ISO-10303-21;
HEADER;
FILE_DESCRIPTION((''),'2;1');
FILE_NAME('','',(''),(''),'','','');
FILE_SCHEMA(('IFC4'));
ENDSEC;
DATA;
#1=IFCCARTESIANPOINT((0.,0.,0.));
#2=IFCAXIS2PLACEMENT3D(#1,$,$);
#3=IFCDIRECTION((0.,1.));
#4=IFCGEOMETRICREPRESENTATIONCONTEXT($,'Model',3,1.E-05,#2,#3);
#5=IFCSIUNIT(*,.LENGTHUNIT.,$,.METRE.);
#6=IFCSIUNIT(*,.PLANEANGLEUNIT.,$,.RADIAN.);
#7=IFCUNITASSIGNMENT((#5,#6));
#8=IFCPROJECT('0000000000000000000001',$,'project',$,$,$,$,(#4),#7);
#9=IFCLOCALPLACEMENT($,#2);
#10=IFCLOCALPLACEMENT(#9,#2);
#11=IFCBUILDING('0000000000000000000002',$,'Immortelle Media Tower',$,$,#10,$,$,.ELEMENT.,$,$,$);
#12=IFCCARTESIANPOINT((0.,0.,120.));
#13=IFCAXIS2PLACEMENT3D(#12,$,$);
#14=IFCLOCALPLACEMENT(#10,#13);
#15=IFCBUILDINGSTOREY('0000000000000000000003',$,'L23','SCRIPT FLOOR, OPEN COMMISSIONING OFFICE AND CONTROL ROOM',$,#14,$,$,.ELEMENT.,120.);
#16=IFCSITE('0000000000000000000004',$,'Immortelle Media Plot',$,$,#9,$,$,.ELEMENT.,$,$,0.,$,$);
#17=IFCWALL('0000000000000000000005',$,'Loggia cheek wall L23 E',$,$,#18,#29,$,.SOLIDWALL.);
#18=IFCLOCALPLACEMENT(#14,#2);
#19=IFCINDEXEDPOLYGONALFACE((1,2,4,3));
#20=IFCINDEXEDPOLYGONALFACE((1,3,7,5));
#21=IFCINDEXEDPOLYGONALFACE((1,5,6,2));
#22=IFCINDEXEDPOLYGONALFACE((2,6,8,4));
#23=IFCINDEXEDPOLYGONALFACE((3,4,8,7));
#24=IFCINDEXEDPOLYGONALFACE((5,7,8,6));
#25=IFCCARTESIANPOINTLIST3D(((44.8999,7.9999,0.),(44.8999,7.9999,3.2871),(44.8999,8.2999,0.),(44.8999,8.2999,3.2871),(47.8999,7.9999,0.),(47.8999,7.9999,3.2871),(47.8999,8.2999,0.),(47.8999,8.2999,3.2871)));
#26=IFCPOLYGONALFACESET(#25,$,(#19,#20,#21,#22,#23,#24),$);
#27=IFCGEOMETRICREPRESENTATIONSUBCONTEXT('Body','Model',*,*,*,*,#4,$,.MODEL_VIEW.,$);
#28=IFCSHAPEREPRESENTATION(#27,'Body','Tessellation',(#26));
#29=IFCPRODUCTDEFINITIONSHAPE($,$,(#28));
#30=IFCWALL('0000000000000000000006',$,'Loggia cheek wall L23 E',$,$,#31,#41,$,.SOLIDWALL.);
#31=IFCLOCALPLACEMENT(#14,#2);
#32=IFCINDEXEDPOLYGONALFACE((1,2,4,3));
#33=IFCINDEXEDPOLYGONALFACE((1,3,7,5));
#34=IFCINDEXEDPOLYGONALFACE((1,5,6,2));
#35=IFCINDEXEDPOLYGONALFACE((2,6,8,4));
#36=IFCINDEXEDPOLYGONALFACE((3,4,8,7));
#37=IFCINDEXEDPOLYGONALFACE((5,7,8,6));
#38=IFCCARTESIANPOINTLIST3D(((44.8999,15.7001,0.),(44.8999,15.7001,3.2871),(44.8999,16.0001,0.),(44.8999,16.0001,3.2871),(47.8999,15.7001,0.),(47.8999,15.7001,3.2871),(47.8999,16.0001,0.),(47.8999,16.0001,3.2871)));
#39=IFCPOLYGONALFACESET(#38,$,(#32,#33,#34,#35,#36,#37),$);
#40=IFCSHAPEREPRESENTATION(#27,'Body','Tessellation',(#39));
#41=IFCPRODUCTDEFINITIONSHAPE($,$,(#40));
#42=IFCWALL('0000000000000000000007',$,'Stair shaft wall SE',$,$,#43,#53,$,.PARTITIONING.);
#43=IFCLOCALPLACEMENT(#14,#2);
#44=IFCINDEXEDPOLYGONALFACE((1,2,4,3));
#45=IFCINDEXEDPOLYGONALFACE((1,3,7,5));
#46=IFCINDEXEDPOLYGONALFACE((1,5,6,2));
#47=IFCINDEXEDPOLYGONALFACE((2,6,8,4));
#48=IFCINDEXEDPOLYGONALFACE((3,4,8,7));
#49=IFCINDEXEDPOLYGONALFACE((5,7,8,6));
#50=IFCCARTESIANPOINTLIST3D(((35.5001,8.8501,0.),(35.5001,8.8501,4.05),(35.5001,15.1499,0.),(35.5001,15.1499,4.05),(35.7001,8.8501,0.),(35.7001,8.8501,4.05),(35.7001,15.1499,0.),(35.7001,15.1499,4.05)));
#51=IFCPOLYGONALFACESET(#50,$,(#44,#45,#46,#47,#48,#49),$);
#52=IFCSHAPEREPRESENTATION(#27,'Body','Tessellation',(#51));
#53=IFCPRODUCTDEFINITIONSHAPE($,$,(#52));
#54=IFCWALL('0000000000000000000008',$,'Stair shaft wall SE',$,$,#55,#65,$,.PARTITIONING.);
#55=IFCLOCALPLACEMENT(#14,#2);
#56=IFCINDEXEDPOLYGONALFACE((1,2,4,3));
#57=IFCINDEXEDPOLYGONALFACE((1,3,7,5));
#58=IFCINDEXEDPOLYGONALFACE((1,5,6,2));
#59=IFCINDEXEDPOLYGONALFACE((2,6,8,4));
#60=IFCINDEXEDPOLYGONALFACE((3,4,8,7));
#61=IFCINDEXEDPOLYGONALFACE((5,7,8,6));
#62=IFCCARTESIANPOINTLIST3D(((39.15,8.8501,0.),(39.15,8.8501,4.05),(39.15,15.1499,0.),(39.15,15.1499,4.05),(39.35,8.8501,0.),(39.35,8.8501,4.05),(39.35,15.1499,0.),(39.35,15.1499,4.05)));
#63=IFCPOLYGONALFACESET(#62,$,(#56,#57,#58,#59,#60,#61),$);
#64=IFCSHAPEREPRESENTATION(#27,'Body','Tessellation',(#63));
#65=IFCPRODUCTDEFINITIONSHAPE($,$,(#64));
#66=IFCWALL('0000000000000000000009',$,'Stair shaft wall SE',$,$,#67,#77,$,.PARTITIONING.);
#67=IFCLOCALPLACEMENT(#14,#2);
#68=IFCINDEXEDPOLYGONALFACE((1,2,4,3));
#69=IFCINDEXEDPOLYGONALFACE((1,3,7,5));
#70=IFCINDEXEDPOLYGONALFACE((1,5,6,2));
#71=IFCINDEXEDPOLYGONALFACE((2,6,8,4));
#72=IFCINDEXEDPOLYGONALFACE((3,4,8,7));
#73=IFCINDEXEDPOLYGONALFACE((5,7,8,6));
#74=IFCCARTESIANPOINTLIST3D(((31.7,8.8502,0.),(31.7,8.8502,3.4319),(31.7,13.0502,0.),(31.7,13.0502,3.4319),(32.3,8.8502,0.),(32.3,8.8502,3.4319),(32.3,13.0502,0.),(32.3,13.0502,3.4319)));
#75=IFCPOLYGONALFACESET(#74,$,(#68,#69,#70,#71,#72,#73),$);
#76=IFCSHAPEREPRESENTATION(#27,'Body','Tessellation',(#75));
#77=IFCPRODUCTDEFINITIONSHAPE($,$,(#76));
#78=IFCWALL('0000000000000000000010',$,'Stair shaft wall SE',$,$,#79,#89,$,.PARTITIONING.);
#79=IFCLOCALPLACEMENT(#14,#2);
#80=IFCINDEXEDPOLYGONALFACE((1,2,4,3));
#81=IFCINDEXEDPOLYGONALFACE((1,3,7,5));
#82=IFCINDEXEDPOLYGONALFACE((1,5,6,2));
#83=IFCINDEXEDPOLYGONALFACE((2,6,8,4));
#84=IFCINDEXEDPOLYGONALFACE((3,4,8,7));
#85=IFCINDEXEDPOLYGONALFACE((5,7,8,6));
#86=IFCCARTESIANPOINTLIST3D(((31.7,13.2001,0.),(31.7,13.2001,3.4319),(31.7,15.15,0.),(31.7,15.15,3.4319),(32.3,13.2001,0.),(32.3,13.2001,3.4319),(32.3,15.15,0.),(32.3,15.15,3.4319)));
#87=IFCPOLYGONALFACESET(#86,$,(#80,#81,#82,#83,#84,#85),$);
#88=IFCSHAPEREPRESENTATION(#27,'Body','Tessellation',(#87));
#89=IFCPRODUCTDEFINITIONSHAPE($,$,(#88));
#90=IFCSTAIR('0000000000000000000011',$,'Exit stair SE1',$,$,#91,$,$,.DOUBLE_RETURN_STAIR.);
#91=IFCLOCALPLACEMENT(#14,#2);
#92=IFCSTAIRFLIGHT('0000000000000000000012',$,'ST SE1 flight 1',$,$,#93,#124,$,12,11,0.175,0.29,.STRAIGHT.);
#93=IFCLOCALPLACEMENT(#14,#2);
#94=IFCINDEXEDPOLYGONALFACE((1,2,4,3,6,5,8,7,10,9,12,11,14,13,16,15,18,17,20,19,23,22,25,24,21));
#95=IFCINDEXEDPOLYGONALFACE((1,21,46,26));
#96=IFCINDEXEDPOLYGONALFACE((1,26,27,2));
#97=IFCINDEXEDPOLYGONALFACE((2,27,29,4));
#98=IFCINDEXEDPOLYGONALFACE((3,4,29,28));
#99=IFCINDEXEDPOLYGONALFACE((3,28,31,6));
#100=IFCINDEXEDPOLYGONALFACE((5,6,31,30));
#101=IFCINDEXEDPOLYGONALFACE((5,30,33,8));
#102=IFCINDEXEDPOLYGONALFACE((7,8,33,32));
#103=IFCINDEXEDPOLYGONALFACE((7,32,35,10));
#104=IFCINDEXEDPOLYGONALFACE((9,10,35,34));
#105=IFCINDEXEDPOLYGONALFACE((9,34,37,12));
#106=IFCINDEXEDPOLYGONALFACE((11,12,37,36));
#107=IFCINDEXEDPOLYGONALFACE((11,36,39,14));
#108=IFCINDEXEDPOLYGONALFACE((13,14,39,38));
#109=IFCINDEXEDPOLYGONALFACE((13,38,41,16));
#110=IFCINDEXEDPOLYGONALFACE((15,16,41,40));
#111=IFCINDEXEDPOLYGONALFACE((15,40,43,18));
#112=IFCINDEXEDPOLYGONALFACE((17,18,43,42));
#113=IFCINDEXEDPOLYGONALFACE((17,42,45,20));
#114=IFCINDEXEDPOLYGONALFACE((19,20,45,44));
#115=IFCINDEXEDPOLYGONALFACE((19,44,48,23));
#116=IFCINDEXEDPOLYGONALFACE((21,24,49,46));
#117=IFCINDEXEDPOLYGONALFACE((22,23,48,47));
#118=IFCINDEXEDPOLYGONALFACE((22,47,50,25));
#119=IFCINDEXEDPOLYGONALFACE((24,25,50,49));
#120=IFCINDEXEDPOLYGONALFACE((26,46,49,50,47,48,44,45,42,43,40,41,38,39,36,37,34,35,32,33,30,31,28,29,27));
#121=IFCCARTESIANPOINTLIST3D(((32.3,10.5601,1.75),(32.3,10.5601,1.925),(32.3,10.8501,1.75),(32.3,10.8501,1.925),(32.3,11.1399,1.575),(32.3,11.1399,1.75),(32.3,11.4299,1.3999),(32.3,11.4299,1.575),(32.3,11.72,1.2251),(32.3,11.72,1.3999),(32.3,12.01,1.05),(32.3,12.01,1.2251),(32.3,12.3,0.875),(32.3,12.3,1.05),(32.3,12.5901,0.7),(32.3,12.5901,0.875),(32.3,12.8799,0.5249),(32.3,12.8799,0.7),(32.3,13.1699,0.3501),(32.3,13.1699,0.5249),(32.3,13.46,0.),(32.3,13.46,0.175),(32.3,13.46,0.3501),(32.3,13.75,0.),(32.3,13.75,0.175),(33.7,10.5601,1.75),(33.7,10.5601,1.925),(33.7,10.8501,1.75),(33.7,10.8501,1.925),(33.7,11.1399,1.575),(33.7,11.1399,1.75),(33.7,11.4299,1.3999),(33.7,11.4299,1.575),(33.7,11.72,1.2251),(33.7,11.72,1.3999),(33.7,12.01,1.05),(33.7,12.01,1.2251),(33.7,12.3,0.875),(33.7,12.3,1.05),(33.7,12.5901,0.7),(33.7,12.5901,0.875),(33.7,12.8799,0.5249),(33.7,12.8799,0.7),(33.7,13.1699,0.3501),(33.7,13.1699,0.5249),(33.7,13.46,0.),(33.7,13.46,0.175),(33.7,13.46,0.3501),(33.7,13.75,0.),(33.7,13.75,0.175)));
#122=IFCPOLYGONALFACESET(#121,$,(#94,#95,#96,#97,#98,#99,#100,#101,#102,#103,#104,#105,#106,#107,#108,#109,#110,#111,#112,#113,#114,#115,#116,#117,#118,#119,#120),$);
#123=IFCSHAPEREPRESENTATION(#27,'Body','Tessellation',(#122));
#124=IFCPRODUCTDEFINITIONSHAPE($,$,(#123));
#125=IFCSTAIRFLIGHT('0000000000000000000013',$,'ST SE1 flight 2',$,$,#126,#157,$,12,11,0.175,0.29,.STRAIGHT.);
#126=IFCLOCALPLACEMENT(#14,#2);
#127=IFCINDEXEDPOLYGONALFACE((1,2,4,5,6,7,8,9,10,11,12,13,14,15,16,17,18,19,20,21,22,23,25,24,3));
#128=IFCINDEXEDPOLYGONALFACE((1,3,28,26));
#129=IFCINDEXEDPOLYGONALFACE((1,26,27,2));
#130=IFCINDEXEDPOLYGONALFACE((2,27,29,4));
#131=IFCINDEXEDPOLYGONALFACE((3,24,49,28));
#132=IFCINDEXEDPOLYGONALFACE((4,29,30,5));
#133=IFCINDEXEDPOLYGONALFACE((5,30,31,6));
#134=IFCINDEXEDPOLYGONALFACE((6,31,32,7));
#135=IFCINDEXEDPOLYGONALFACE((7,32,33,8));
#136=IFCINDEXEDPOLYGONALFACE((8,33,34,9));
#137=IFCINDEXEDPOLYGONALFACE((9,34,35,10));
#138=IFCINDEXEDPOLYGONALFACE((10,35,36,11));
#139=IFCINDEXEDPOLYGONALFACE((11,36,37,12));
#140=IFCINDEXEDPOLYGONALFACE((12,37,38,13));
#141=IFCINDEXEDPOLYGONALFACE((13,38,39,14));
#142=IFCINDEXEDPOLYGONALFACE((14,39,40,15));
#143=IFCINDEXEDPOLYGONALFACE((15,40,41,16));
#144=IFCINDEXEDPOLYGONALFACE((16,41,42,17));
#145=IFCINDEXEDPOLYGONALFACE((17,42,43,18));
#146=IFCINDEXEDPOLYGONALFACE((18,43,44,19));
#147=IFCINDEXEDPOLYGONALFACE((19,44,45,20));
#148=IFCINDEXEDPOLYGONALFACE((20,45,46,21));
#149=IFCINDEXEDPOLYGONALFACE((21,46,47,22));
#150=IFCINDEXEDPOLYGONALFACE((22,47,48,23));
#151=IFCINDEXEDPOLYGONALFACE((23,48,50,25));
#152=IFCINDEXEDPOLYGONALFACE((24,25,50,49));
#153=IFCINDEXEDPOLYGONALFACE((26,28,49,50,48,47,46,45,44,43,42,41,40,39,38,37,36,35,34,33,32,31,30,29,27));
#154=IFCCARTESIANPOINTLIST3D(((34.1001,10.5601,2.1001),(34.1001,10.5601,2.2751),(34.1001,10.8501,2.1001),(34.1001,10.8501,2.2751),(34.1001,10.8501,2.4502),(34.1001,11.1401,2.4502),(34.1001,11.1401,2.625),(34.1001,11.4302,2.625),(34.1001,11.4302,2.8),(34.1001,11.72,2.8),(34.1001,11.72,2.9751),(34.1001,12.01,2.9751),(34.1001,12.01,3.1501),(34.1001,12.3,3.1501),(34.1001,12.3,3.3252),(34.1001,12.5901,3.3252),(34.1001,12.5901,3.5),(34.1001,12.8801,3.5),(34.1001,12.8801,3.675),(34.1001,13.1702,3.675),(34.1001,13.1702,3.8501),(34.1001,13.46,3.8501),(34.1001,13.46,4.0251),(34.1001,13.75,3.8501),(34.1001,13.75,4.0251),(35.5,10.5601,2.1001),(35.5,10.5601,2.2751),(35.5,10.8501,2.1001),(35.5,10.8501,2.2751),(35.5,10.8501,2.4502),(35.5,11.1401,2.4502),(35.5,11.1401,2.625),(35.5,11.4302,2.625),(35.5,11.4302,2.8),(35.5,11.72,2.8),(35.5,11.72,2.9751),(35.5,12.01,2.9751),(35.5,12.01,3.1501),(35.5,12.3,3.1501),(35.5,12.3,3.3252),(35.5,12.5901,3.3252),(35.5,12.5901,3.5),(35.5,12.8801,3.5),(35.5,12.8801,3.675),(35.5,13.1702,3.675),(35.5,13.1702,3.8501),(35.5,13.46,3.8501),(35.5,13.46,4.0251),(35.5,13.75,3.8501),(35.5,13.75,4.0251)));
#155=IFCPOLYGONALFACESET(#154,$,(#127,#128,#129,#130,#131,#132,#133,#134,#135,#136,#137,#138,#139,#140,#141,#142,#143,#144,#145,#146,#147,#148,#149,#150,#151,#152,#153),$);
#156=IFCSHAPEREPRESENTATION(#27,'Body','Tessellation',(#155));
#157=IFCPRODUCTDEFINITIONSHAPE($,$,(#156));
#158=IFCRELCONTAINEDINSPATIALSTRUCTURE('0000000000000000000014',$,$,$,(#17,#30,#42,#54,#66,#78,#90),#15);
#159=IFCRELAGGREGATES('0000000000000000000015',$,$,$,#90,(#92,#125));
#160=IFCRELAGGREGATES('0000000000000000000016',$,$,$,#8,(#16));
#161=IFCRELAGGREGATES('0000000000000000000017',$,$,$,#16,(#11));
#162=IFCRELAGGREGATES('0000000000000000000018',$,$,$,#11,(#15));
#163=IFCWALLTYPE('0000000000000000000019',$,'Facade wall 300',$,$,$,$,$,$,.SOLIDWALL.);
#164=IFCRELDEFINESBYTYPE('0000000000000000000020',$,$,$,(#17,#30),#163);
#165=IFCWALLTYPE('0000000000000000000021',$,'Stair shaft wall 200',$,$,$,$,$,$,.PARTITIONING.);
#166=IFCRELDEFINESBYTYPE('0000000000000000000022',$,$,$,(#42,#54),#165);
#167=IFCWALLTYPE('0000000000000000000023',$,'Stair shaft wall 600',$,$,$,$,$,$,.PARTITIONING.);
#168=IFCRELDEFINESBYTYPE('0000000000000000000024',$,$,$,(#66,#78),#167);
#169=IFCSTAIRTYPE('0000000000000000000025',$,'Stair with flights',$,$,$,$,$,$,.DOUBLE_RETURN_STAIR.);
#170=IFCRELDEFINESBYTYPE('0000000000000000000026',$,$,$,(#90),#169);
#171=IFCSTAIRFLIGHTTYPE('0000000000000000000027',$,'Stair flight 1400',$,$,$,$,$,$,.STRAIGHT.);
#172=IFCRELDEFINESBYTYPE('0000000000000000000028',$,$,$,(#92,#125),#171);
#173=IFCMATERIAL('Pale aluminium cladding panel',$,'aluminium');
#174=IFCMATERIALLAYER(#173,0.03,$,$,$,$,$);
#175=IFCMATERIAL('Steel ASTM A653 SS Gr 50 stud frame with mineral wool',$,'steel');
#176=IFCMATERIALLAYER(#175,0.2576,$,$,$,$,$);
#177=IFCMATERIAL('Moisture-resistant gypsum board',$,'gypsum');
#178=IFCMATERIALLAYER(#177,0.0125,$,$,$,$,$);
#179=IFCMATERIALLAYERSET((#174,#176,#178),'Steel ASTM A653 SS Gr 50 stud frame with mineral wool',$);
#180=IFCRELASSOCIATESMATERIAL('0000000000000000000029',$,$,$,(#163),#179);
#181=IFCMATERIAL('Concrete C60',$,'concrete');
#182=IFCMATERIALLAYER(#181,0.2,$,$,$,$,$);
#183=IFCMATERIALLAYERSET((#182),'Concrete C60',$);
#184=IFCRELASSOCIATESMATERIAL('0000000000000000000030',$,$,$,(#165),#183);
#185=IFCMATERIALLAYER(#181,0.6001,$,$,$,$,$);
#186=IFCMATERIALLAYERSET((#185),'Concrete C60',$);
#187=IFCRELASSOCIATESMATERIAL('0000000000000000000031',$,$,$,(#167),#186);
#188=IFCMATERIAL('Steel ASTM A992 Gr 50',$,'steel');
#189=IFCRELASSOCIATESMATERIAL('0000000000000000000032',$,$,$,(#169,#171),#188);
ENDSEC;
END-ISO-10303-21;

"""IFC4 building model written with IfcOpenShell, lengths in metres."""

from ifc_helpers import new_model, si_unit, direction, frame, frame_2d, origin, place, context, subcontext, project, spatial, polyline, rectangle, outline, extrude, material, layer, layer_set, type_object, element, aggregate, save


model = new_model("IFC4")

# Units and contexts
model_context = context("Model", 3, precision=1e-05, world=origin(), true_north=direction((0.0, 1.0)))
body_context = subcontext(model_context, "Body", "Model", "MODEL_VIEW")
ifc_project = project(units=[si_unit("LENGTHUNIT", "METRE"), si_unit("PLANEANGLEUNIT", "RADIAN")], contexts=[model_context])

# Site, building, storey
site_placement = place(None, origin())
site = spatial("IfcSite", under=ifc_project, at=site_placement, Name="Immortelle Media Plot", CompositionType="ELEMENT", RefElevation=0.0)
building_placement = place(site_placement, origin())
building = spatial("IfcBuilding", under=site, at=building_placement, Name="Immortelle Media Tower", CompositionType="ELEMENT")
storey_placement = place(building_placement, frame((0.0, 0.0, 120.0)))
storey = spatial("IfcBuildingStorey", under=building, at=storey_placement, Name="L23", Description="SCRIPT FLOOR, OPEN COMMISSIONING OFFICE AND CONTROL ROOM", CompositionType="ELEMENT", Elevation=120.0)

# Shared definitions
ifc_material_1 = material(Name="Steel ASTM A992 Gr 50", Category="steel")

# Shared definitions
ifc_material_2 = material(Name="Pale aluminium cladding panel", Category="aluminium")
ifc_layer_1 = layer(ifc_material_2, 0.03)
ifc_material_3 = material(Name="Steel ASTM A653 SS Gr 50 stud frame with mineral wool", Category="steel")
ifc_layer_2 = layer(ifc_material_3, 0.2576)
ifc_material_4 = material(Name="Moisture-resistant gypsum board", Category="gypsum")
ifc_layer_3 = layer(ifc_material_4, 0.0125)
ifc_layer_set_1 = layer_set([ifc_layer_1, ifc_layer_2, ifc_layer_3], Name="Steel ASTM A653 SS Gr 50 stud frame with mineral wool")
wall_type_1 = type_object("IfcWallType", Name="Facade wall 300", PredefinedType="SOLIDWALL", material=ifc_layer_set_1)

# Walls
for number, where, z_axis, x_axis, name in (
    (1, (47.8999, 8.1499, 0.0), (0.0, 0.0, 1.0), (-1.0, 0.0, 0.0), "Loggia cheek wall L23 E"),
    (2, (47.8999, 15.8501, 0.0), (0.0, 0.0, 1.0), (-1.0, 0.0, 0.0), "Loggia cheek wall L23 E"),
):
    element("IfcWall", number, at=place(storey_placement, frame(where, z_axis=z_axis, x_axis=x_axis)), inside=storey, type_object=wall_type_1, Name=name, PredefinedType="SOLIDWALL", context=body_context, shape_type="SweptSolid", body=[
        extrude(rectangle(XDim=3.0, YDim=0.3, at=frame_2d((1.5, 0.0))), origin(), (0.0, 0.0, 1.0), 3.2871),
    ])
ifc_material_5 = material(Name="Concrete C60", Category="concrete")
ifc_layer_4 = layer(ifc_material_5, 0.2)
ifc_layer_set_2 = layer_set([ifc_layer_4], Name="Concrete C60")
wall_type_2 = type_object("IfcWallType", Name="Stair shaft wall 200", PredefinedType="PARTITIONING", material=ifc_layer_set_2)
for number, where, z_axis, x_axis, name in (
    (3, (35.6001, 8.8501, 0.0), (0.0, 0.0, 1.0), (0.0, 1.0, 0.0), "Stair shaft wall SE"),
    (4, (39.25, 8.8501, 0.0), (0.0, 0.0, 1.0), (0.0, 1.0, 0.0), "Stair shaft wall SE"),
):
    element("IfcWall", number, at=place(storey_placement, frame(where, z_axis=z_axis, x_axis=x_axis)), inside=storey, type_object=wall_type_2, Name=name, PredefinedType="PARTITIONING", context=body_context, shape_type="SweptSolid", body=[
        extrude(rectangle(XDim=6.2998, YDim=0.2, at=frame_2d((3.1499, 0.0))), origin(), (0.0, 0.0, 1.0), 4.05),
    ])
ifc_layer_5 = layer(ifc_material_5, 0.6001)
ifc_layer_set_3 = layer_set([ifc_layer_5], Name="Concrete C60")
wall_type_3 = type_object("IfcWallType", Name="Stair shaft wall 600", PredefinedType="PARTITIONING", material=ifc_layer_set_3)
wall_1_placement = place(storey_placement, frame((32.0, 8.8501, 0.0), z_axis=(0.0, 0.0, 1.0), x_axis=(0.0, 1.0, 0.0)))
element("IfcWall", 5, at=wall_1_placement, inside=storey, type_object=wall_type_3, Name="Stair shaft wall SE", PredefinedType="PARTITIONING", context=body_context, shape_type="SweptSolid", body=[
    extrude(rectangle(XDim=4.2, YDim=0.6001, at=frame_2d((2.1001, 0.0))), origin(), (0.0, 0.0, 1.0), 3.4319),
])
wall_2_placement = place(storey_placement, frame((32.0, 13.2, 0.0), z_axis=(0.0, 0.0, 1.0), x_axis=(0.0, 1.0, 0.0)))
element("IfcWall", 6, at=wall_2_placement, inside=storey, type_object=wall_type_3, Name="Stair shaft wall SE", PredefinedType="PARTITIONING", context=body_context, shape_type="SweptSolid", body=[
    extrude(rectangle(XDim=1.95, YDim=0.6001, at=frame_2d((0.9751, 0.0))), origin(), (0.0, 0.0, 1.0), 3.4319),
])

# Stair, stair flights
stair_type = type_object("IfcStairType", Name="Stair with flights", PredefinedType="DOUBLE_RETURN_STAIR", material=ifc_material_1)
stair_1_placement = place(storey_placement, origin())
stair_1 = element("IfcStair", 7, at=stair_1_placement, inside=storey, type_object=stair_type, Name="Exit stair SE1", PredefinedType="DOUBLE_RETURN_STAIR")
stair_flight_type = type_object("IfcStairFlightType", Name="Stair flight 1400", PredefinedType="STRAIGHT", material=ifc_material_1)
stair_flight_1_placement = place(storey_placement, frame((33.0, 13.75, 0.0), z_axis=(0.0, 0.0, 1.0), x_axis=(0.0, -1.0, 0.0)))
stair_flight_1 = element("IfcStairFlight", 8, at=stair_flight_1_placement, type_object=stair_flight_type, Name="ST SE1 flight 1", NumberOfRisers=12, NumberOfTreads=11, PredefinedType="STRAIGHT", RiserHeight=0.175, TreadLength=0.29, context=body_context, shape_type="SweptSolid", body=[
    extrude(outline(polyline([(0.0, 0.0), (0.0, 0.175), (0.29, 0.175), (0.29, 0.3501), (0.5801, 0.3501), (0.5801, 0.5249), (0.8701, 0.5249), (0.8701, 0.7), (1.1599, 0.7), (1.1599, 0.875), (1.45, 0.875), (1.45, 1.05), (1.74, 1.05), (1.74, 1.2251), (2.03, 1.2251), (2.03, 1.3999), (2.3201, 1.3999), (2.3201, 1.575), (2.6101, 1.575), (2.6101, 1.75), (2.8999, 1.75), (2.8999, 1.925), (3.1899, 1.925), (3.1899, 2.1001), (3.1899, 1.75), (0.29, 0.0), (0.0, 0.0)])), frame((0.0, 0.7, 0.0), z_axis=(0.0, -1.0, 0.0), x_axis=(1.0, 0.0, 0.0)), (0.0, 0.0, 1.0), 1.3999),
])
stair_flight_2_placement = place(storey_placement, frame((34.8, 10.5601, 2.1001), z_axis=(0.0, 0.0, 1.0), x_axis=(0.0, 1.0, 0.0)))
stair_flight_2 = element("IfcStairFlight", 9, at=stair_flight_2_placement, type_object=stair_flight_type, Name="ST SE1 flight 2", NumberOfRisers=12, NumberOfTreads=11, PredefinedType="STRAIGHT", RiserHeight=0.175, TreadLength=0.29, context=body_context, shape_type="SweptSolid", body=[
    extrude(outline(polyline([(0.0, 0.0), (0.0, 0.175), (0.29, 0.175), (0.29, 0.3501), (0.5801, 0.3501), (0.5801, 0.5249), (0.8701, 0.5249), (0.8701, 0.7), (1.1599, 0.7), (1.1599, 0.875), (1.45, 0.875), (1.45, 1.05), (1.74, 1.05), (1.74, 1.2251), (2.03, 1.2251), (2.03, 1.3999), (2.3201, 1.3999), (2.3201, 1.575), (2.6101, 1.575), (2.6101, 1.75), (2.8999, 1.75), (2.8999, 1.925), (3.1899, 1.925), (3.1899, 2.1001), (3.1899, 1.75), (0.29, 0.0), (0.0, 0.0)])), frame((0.0, 0.7, 0.0), z_axis=(0.0, -1.0, 0.0), x_axis=(1.0, 0.0, 0.0)), (0.0, 0.0, 1.0), 1.3999),
])
aggregate(stair_1, [stair_flight_1, stair_flight_2])

save(model, "model.ifc")
